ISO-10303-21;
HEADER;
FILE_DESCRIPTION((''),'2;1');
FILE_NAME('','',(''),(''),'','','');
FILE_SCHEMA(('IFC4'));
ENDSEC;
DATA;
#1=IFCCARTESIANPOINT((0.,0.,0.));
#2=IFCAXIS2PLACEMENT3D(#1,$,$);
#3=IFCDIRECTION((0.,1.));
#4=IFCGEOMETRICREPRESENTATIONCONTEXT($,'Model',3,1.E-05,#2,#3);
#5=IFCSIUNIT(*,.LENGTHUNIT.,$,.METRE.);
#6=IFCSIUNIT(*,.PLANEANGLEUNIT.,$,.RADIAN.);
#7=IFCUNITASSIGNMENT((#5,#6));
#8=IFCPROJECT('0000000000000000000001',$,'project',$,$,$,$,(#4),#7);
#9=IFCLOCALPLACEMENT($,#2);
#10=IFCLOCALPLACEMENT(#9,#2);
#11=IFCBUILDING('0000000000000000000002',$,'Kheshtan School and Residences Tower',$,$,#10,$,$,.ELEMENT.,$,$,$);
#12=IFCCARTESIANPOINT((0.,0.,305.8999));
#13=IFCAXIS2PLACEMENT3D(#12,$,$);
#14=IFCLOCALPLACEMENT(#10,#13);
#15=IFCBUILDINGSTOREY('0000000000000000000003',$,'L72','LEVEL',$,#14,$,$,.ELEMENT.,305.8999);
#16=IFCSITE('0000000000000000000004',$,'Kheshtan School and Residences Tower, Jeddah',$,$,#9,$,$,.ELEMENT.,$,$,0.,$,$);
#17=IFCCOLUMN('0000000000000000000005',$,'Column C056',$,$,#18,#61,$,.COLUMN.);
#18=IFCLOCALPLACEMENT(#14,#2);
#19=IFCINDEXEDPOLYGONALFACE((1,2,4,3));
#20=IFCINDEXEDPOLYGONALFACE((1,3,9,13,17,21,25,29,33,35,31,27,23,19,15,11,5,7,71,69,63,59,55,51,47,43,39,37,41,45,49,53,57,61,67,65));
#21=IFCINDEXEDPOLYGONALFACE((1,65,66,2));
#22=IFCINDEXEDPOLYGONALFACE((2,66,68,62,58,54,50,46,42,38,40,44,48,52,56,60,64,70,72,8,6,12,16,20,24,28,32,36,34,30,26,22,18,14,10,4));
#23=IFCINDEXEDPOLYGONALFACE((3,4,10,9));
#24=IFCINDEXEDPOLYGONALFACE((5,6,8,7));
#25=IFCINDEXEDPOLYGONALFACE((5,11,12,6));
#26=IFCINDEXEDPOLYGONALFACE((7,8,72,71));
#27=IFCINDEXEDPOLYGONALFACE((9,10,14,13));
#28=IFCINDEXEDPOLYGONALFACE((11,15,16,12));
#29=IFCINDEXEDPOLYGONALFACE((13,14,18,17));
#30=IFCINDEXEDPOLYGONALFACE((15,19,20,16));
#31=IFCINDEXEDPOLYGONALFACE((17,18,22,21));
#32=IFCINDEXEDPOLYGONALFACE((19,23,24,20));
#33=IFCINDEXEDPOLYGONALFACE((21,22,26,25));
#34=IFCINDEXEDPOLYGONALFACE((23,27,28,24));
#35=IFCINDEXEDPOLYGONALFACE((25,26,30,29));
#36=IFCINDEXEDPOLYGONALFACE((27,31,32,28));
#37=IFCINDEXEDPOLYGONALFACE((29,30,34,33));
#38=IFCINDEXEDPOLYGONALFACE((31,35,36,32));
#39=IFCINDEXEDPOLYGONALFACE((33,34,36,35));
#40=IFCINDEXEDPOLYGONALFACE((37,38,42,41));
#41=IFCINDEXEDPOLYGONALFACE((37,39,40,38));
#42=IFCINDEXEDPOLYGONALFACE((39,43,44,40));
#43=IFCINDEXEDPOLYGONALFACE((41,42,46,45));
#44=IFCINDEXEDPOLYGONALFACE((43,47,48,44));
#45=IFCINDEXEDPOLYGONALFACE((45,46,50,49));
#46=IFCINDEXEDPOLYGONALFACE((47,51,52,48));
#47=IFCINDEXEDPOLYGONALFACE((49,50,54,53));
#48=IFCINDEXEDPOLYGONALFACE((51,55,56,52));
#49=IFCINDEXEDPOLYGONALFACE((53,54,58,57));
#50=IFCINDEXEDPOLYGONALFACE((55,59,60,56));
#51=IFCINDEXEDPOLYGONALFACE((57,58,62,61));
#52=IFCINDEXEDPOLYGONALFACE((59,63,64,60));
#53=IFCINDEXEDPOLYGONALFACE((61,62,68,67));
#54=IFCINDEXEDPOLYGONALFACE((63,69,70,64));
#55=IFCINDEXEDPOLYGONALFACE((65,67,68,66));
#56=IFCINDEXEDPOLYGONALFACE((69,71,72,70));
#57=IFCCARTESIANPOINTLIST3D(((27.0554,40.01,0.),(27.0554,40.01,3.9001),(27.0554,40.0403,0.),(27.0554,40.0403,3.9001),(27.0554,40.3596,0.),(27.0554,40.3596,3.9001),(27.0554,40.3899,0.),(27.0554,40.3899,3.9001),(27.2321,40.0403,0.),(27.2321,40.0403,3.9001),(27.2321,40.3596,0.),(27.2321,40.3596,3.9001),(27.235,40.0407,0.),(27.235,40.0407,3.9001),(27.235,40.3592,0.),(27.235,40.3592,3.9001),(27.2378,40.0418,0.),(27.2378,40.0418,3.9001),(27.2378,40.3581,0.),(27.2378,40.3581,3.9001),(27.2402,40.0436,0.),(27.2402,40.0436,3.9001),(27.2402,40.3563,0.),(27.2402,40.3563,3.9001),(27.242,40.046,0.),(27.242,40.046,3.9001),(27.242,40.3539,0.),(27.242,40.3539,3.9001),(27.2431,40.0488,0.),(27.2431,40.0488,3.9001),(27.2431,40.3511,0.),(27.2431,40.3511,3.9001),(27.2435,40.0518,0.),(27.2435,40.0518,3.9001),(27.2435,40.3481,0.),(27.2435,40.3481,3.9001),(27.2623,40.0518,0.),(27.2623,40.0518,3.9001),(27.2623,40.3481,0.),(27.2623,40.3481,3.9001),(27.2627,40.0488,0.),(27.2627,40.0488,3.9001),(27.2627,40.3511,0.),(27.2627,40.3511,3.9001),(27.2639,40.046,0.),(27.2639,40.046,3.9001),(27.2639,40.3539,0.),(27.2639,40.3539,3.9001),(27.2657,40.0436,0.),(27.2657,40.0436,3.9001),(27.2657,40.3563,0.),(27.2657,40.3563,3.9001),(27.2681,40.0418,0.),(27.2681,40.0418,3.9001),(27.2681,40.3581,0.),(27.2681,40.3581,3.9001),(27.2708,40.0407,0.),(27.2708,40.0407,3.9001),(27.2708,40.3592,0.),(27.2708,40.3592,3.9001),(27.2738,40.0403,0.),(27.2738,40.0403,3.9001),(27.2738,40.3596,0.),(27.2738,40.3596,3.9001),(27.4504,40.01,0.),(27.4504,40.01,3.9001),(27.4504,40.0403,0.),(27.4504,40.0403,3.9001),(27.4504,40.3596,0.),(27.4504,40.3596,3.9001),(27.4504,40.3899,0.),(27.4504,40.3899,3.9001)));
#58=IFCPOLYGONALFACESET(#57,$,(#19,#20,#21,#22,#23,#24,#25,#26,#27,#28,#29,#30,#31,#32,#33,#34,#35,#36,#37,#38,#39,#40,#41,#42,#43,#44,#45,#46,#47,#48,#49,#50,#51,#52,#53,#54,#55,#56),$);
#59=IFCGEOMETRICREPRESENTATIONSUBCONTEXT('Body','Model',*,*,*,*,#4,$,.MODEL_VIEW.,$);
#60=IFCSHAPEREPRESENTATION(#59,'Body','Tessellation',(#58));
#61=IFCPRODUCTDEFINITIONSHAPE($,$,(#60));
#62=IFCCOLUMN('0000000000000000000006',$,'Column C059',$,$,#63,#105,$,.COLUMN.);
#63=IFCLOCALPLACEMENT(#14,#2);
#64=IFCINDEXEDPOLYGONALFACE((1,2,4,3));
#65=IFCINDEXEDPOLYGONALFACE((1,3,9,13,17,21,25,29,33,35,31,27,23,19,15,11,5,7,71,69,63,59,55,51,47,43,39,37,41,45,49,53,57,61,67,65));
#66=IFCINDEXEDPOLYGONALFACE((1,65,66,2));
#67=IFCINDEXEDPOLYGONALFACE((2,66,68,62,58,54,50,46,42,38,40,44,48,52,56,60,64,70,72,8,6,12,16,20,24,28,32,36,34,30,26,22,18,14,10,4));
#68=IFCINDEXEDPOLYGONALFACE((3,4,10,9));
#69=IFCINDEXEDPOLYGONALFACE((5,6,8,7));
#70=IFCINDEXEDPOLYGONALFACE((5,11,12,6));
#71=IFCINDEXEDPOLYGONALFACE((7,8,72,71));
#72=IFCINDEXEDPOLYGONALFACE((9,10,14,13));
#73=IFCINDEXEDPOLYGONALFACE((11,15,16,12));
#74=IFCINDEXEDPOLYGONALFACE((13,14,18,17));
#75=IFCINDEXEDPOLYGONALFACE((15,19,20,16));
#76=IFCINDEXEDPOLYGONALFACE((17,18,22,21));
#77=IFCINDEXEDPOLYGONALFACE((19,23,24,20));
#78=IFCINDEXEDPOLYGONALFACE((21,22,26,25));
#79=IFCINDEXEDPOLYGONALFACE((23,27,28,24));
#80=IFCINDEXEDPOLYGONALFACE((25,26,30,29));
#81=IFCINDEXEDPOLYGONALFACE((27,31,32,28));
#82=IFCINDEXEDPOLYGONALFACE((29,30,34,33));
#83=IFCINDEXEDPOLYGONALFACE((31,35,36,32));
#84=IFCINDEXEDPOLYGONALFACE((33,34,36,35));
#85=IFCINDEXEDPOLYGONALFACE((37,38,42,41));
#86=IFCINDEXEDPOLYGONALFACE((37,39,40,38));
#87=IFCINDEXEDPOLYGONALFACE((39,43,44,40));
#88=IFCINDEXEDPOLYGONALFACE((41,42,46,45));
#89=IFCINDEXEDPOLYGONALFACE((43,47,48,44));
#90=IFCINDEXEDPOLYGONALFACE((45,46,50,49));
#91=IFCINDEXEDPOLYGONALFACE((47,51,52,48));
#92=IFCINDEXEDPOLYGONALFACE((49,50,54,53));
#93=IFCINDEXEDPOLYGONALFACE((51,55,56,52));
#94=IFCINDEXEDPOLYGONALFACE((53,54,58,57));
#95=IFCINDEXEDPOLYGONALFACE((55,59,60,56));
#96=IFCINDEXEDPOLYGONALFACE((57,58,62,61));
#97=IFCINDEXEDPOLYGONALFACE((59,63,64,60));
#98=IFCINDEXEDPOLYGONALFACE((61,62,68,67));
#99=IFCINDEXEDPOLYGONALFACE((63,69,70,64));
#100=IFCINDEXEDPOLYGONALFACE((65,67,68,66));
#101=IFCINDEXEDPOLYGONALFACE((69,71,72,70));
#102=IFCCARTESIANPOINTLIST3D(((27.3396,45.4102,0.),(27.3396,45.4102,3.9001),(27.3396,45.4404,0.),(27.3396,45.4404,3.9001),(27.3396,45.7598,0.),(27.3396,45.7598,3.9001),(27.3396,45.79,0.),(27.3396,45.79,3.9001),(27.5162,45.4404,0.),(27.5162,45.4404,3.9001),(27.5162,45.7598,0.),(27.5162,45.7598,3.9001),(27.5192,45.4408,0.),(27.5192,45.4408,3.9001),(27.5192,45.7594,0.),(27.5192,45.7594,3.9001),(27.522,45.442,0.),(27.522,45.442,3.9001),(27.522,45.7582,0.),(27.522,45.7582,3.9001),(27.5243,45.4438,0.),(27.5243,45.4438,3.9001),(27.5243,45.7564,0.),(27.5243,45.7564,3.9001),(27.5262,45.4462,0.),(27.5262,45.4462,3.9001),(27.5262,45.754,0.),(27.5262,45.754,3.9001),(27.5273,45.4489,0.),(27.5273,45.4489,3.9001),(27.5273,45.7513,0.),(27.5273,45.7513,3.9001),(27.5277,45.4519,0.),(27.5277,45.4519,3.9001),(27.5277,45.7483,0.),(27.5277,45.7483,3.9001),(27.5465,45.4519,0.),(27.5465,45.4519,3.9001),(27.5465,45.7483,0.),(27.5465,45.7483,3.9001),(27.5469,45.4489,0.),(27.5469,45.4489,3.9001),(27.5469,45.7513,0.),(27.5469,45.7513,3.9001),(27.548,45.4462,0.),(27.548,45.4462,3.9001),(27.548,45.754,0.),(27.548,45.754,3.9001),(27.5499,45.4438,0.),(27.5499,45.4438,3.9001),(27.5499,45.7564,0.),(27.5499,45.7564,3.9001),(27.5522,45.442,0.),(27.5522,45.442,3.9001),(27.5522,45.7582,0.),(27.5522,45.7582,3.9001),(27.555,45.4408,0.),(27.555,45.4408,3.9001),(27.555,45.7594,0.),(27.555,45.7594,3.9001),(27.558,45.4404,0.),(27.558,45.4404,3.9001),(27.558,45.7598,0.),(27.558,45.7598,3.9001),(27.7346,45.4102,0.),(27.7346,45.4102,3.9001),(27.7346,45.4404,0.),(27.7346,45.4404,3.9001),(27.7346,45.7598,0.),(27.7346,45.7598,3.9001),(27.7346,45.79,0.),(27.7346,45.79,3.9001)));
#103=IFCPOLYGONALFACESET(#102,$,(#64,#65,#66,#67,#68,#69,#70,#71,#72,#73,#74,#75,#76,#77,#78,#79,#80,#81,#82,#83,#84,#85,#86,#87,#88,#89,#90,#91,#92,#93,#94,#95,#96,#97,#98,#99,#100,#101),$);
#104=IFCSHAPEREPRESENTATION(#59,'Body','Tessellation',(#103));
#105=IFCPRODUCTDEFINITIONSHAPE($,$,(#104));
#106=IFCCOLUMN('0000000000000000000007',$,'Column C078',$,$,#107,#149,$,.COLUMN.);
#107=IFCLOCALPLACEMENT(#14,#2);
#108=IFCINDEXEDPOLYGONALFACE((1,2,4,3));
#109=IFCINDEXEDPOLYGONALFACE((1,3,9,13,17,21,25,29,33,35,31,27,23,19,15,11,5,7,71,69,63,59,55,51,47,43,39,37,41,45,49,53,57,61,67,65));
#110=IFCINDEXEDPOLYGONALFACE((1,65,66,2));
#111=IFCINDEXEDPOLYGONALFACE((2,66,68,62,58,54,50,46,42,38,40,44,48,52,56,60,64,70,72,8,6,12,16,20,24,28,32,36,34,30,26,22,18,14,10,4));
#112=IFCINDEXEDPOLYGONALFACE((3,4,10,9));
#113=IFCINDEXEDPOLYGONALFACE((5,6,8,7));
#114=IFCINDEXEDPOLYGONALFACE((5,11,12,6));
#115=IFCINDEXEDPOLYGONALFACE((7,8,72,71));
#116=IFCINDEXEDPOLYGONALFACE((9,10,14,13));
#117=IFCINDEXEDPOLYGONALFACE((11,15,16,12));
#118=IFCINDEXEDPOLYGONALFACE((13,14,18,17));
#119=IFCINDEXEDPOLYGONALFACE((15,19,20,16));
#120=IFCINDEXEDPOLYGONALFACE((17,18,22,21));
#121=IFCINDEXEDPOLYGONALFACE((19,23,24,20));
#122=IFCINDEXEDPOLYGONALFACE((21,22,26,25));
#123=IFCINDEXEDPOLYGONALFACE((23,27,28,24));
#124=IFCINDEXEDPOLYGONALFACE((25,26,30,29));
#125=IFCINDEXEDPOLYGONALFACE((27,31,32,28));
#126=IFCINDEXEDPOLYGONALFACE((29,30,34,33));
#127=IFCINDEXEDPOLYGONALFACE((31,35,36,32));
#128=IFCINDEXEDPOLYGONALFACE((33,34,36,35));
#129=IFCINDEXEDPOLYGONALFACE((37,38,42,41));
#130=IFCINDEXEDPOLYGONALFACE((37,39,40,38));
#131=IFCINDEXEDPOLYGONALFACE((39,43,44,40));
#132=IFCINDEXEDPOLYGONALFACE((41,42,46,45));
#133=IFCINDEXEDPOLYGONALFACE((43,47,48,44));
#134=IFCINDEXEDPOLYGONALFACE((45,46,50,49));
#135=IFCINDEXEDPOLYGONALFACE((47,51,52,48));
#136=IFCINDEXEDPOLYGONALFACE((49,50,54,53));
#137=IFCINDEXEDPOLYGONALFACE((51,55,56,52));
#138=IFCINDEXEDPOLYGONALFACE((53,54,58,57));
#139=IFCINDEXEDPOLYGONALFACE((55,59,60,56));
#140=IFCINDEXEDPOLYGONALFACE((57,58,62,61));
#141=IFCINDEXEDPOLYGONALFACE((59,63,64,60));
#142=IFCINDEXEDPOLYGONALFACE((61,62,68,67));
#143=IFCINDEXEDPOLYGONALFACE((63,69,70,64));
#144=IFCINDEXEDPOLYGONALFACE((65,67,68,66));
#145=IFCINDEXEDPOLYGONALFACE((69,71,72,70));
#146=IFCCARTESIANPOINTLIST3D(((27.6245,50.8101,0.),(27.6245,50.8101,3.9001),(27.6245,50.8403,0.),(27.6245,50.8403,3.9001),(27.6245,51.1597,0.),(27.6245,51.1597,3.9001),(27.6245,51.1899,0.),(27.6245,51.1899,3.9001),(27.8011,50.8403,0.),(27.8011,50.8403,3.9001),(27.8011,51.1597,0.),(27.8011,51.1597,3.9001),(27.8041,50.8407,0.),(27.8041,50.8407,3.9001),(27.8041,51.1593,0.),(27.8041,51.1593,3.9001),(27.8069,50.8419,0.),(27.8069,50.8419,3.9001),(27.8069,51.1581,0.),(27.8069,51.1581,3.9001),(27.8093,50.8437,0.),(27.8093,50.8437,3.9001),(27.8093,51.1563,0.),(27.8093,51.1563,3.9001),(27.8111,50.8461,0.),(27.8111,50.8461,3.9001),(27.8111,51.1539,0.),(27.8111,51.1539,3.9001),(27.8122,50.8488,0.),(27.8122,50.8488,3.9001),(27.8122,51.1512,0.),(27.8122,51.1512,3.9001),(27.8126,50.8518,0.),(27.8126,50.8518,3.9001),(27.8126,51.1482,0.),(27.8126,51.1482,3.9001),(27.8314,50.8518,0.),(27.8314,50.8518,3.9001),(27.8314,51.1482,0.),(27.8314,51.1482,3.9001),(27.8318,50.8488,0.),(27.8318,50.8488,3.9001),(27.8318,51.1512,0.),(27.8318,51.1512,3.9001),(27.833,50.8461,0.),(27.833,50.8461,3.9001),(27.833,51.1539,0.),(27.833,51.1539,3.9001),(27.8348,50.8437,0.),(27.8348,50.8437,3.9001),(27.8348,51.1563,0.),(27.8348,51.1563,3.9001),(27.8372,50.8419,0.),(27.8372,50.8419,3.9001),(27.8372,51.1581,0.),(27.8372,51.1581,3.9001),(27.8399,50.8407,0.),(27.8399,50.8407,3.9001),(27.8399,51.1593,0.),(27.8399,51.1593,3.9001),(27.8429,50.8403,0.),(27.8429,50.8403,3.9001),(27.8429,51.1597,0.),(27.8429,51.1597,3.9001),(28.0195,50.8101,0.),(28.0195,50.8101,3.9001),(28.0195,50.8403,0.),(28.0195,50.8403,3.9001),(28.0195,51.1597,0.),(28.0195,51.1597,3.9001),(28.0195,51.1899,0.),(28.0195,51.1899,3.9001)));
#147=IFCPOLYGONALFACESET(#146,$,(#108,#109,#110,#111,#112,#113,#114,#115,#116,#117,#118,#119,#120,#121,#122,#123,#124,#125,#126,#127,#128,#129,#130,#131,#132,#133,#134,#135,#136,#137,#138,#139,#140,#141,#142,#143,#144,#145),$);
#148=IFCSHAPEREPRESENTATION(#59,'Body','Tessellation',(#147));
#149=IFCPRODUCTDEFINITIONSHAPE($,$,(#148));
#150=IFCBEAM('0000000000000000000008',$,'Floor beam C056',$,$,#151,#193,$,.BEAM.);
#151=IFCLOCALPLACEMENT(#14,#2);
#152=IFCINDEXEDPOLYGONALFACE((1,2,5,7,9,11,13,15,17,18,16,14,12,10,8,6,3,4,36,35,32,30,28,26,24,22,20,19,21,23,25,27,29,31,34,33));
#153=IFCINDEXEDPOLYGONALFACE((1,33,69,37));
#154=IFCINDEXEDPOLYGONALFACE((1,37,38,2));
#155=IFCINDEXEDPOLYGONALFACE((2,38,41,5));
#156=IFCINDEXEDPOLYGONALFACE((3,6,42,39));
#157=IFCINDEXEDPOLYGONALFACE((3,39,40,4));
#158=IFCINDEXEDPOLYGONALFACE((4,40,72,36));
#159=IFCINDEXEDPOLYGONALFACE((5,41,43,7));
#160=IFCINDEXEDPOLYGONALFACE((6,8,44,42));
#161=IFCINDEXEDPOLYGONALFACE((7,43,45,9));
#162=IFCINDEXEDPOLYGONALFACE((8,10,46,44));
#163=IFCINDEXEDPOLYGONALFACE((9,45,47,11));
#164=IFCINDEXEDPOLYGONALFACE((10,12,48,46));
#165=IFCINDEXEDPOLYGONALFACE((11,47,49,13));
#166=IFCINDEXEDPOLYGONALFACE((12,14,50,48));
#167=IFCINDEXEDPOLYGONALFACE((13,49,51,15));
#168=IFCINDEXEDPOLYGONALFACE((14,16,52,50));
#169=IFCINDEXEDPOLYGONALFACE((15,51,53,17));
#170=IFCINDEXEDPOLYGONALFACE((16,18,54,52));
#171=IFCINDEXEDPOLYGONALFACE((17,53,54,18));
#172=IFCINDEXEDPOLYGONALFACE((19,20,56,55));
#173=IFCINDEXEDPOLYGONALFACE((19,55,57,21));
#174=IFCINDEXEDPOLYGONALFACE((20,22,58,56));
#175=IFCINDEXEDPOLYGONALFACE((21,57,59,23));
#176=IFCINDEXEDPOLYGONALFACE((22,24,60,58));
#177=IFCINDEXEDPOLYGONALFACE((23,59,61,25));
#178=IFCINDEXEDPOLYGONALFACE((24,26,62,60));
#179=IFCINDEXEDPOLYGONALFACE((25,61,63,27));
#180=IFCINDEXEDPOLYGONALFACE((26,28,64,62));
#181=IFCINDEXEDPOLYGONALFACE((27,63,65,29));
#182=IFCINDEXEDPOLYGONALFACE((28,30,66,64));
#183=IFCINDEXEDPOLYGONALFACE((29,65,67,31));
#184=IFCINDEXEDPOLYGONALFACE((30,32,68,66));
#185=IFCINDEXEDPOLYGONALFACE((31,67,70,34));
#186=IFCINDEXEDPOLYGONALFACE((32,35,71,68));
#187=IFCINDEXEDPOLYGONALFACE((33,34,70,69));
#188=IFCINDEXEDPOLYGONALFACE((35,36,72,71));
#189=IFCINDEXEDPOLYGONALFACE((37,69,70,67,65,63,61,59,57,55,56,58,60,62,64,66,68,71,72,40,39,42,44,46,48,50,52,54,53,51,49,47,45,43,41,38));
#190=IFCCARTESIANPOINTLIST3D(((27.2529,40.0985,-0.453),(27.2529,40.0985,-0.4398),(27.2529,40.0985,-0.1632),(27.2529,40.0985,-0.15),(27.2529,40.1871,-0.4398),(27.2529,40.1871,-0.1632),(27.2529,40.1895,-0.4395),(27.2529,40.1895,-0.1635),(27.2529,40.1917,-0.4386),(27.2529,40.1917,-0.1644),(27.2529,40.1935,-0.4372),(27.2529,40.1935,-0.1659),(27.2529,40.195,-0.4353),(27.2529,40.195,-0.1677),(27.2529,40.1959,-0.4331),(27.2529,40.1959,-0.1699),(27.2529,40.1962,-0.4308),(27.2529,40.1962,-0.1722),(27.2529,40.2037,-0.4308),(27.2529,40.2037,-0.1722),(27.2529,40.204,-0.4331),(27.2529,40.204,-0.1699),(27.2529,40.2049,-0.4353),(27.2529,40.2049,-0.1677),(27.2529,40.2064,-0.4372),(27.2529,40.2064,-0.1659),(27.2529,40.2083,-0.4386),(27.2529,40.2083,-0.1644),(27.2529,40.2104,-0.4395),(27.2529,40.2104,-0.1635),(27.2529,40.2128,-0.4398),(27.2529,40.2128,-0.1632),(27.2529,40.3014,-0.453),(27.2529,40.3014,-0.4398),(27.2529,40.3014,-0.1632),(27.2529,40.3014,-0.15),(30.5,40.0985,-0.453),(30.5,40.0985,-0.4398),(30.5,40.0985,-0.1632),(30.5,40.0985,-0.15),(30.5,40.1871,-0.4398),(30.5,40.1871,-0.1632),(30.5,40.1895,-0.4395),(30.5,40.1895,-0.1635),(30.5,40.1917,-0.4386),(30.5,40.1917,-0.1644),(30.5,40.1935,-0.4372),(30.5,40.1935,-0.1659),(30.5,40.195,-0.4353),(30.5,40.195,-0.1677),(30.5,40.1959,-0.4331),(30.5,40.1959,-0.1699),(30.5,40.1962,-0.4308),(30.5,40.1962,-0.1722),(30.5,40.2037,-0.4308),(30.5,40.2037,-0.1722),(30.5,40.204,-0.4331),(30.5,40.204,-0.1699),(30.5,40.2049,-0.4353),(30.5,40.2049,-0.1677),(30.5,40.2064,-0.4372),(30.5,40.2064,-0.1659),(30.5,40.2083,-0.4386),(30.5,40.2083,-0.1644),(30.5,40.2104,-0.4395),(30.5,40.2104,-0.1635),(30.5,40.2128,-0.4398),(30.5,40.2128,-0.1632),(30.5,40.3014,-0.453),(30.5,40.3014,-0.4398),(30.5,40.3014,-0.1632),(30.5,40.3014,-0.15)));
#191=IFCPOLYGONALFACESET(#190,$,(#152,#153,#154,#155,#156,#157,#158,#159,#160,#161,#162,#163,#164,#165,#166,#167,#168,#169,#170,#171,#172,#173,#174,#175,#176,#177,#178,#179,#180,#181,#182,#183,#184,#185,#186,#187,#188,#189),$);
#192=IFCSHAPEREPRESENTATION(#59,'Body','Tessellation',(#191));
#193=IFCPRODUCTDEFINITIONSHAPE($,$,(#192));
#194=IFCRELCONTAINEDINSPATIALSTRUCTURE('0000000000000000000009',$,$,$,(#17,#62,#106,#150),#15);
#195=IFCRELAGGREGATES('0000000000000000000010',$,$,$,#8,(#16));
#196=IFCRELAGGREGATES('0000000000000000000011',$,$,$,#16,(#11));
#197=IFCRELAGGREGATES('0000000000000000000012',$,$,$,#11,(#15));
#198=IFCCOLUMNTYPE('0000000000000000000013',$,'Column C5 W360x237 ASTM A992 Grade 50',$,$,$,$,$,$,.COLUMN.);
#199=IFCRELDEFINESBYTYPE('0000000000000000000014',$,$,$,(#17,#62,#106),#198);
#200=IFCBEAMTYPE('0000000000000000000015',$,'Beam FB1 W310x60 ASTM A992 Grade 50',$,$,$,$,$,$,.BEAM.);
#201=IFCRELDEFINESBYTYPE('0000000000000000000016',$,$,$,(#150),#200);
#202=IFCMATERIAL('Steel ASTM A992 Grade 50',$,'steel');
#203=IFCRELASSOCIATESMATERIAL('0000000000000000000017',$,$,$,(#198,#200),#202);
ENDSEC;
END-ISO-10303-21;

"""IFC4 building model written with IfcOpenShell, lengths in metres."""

from ifc_helpers import new_model, si_unit, direction, frame, origin, origin_2d, place, context, subcontext, project, spatial, i_section, extrude, material, material_profile, profile_set, type_object, element, save


model = new_model("IFC4")

# Units and contexts
model_context = context("Model", 3, precision=1e-05, world=origin(), true_north=direction((0.0, 1.0)))
body_context = subcontext(model_context, "Body", "Model", "MODEL_VIEW")
ifc_project = project(units=[si_unit("LENGTHUNIT", "METRE"), si_unit("PLANEANGLEUNIT", "RADIAN")], contexts=[model_context])

# Site, building, storey
site_placement = place(None, origin())
site = spatial("IfcSite", under=ifc_project, at=site_placement, Name="Kheshtan School and Residences Tower, Jeddah", CompositionType="ELEMENT", RefElevation=0.0)
building_placement = place(site_placement, origin())
building = spatial("IfcBuilding", under=site, at=building_placement, Name="Kheshtan School and Residences Tower", CompositionType="ELEMENT")
storey_placement = place(building_placement, frame((0.0, 0.0, 305.8999)))
storey = spatial("IfcBuildingStorey", under=building, at=storey_placement, Name="L72", Description="LEVEL", CompositionType="ELEMENT", Elevation=305.8999)

# Columns
ifc_material_1 = material(Name="Steel ASTM A992 Grade 50", Category="steel")
ifc_material_profile_1 = material_profile(ifc_material_1, i_section(OverallWidth=0.395, OverallDepth=0.3799, WebThickness=0.0188, FlangeThickness=0.0303, FilletRadius=0.0115, at=origin_2d()), Name="W360x237")
ifc_profile_set_1 = profile_set([ifc_material_profile_1], Name="Steel ASTM A992 Grade 50")
column_type = type_object("IfcColumnType", Name="Column C5 W360x237 ASTM A992 Grade 50", PredefinedType="COLUMN", material=ifc_profile_set_1)
for number, where, z_axis, x_axis, name in (
    (1, (27.2529, 40.2, 0.0), (0.0, 0.0, 1.0), (1.0, 0.0, 0.0), "Column C056"),
    (2, (27.5371, 45.6001, 0.0), (0.0, 0.0, 1.0), (1.0, 0.0, 0.0), "Column C059"),
    (3, (27.822, 51.0, 0.0), (0.0, 0.0, 1.0), (1.0, 0.0, 0.0), "Column C078"),
):
    element("IfcColumn", number, at=place(storey_placement, frame(where, z_axis=z_axis, x_axis=x_axis)), inside=storey, type_object=column_type, Name=name, PredefinedType="COLUMN", context=body_context, shape_type="SweptSolid", body=[
        extrude(i_section(OverallWidth=0.395, OverallDepth=0.3799, WebThickness=0.0188, FlangeThickness=0.0303, FilletRadius=0.0115, at=origin_2d()), origin(), (0.0, 0.0, 1.0), 3.9001),
    ])

# Beam
ifc_material_profile_2 = material_profile(ifc_material_1, i_section(OverallWidth=0.2029, OverallDepth=0.303, WebThickness=0.0076, FlangeThickness=0.0132, FilletRadius=0.009, at=origin_2d()), Name="W310x60")
ifc_profile_set_2 = profile_set([ifc_material_profile_2], Name="Steel ASTM A992 Grade 50")
beam_type_1 = type_object("IfcBeamType", Name="Beam FB1 W310x60 ASTM A992 Grade 50", PredefinedType="BEAM", material=ifc_profile_set_2)
beam_1_placement = place(storey_placement, frame((27.2529, 40.2, -0.3015), z_axis=(1.0, 0.0, 0.0), x_axis=(0.0, 1.0, 0.0)))
element("IfcBeam", 4, at=beam_1_placement, inside=storey, type_object=beam_type_1, Name="Floor beam C056", PredefinedType="BEAM", context=body_context, shape_type="SweptSolid", body=[
    extrude(i_section(OverallWidth=0.2029, OverallDepth=0.303, WebThickness=0.0076, FlangeThickness=0.0132, FilletRadius=0.009, at=origin_2d()), origin(), (0.0, 0.0, 1.0), 3.2471),
])

save(model, "model.ifc")
